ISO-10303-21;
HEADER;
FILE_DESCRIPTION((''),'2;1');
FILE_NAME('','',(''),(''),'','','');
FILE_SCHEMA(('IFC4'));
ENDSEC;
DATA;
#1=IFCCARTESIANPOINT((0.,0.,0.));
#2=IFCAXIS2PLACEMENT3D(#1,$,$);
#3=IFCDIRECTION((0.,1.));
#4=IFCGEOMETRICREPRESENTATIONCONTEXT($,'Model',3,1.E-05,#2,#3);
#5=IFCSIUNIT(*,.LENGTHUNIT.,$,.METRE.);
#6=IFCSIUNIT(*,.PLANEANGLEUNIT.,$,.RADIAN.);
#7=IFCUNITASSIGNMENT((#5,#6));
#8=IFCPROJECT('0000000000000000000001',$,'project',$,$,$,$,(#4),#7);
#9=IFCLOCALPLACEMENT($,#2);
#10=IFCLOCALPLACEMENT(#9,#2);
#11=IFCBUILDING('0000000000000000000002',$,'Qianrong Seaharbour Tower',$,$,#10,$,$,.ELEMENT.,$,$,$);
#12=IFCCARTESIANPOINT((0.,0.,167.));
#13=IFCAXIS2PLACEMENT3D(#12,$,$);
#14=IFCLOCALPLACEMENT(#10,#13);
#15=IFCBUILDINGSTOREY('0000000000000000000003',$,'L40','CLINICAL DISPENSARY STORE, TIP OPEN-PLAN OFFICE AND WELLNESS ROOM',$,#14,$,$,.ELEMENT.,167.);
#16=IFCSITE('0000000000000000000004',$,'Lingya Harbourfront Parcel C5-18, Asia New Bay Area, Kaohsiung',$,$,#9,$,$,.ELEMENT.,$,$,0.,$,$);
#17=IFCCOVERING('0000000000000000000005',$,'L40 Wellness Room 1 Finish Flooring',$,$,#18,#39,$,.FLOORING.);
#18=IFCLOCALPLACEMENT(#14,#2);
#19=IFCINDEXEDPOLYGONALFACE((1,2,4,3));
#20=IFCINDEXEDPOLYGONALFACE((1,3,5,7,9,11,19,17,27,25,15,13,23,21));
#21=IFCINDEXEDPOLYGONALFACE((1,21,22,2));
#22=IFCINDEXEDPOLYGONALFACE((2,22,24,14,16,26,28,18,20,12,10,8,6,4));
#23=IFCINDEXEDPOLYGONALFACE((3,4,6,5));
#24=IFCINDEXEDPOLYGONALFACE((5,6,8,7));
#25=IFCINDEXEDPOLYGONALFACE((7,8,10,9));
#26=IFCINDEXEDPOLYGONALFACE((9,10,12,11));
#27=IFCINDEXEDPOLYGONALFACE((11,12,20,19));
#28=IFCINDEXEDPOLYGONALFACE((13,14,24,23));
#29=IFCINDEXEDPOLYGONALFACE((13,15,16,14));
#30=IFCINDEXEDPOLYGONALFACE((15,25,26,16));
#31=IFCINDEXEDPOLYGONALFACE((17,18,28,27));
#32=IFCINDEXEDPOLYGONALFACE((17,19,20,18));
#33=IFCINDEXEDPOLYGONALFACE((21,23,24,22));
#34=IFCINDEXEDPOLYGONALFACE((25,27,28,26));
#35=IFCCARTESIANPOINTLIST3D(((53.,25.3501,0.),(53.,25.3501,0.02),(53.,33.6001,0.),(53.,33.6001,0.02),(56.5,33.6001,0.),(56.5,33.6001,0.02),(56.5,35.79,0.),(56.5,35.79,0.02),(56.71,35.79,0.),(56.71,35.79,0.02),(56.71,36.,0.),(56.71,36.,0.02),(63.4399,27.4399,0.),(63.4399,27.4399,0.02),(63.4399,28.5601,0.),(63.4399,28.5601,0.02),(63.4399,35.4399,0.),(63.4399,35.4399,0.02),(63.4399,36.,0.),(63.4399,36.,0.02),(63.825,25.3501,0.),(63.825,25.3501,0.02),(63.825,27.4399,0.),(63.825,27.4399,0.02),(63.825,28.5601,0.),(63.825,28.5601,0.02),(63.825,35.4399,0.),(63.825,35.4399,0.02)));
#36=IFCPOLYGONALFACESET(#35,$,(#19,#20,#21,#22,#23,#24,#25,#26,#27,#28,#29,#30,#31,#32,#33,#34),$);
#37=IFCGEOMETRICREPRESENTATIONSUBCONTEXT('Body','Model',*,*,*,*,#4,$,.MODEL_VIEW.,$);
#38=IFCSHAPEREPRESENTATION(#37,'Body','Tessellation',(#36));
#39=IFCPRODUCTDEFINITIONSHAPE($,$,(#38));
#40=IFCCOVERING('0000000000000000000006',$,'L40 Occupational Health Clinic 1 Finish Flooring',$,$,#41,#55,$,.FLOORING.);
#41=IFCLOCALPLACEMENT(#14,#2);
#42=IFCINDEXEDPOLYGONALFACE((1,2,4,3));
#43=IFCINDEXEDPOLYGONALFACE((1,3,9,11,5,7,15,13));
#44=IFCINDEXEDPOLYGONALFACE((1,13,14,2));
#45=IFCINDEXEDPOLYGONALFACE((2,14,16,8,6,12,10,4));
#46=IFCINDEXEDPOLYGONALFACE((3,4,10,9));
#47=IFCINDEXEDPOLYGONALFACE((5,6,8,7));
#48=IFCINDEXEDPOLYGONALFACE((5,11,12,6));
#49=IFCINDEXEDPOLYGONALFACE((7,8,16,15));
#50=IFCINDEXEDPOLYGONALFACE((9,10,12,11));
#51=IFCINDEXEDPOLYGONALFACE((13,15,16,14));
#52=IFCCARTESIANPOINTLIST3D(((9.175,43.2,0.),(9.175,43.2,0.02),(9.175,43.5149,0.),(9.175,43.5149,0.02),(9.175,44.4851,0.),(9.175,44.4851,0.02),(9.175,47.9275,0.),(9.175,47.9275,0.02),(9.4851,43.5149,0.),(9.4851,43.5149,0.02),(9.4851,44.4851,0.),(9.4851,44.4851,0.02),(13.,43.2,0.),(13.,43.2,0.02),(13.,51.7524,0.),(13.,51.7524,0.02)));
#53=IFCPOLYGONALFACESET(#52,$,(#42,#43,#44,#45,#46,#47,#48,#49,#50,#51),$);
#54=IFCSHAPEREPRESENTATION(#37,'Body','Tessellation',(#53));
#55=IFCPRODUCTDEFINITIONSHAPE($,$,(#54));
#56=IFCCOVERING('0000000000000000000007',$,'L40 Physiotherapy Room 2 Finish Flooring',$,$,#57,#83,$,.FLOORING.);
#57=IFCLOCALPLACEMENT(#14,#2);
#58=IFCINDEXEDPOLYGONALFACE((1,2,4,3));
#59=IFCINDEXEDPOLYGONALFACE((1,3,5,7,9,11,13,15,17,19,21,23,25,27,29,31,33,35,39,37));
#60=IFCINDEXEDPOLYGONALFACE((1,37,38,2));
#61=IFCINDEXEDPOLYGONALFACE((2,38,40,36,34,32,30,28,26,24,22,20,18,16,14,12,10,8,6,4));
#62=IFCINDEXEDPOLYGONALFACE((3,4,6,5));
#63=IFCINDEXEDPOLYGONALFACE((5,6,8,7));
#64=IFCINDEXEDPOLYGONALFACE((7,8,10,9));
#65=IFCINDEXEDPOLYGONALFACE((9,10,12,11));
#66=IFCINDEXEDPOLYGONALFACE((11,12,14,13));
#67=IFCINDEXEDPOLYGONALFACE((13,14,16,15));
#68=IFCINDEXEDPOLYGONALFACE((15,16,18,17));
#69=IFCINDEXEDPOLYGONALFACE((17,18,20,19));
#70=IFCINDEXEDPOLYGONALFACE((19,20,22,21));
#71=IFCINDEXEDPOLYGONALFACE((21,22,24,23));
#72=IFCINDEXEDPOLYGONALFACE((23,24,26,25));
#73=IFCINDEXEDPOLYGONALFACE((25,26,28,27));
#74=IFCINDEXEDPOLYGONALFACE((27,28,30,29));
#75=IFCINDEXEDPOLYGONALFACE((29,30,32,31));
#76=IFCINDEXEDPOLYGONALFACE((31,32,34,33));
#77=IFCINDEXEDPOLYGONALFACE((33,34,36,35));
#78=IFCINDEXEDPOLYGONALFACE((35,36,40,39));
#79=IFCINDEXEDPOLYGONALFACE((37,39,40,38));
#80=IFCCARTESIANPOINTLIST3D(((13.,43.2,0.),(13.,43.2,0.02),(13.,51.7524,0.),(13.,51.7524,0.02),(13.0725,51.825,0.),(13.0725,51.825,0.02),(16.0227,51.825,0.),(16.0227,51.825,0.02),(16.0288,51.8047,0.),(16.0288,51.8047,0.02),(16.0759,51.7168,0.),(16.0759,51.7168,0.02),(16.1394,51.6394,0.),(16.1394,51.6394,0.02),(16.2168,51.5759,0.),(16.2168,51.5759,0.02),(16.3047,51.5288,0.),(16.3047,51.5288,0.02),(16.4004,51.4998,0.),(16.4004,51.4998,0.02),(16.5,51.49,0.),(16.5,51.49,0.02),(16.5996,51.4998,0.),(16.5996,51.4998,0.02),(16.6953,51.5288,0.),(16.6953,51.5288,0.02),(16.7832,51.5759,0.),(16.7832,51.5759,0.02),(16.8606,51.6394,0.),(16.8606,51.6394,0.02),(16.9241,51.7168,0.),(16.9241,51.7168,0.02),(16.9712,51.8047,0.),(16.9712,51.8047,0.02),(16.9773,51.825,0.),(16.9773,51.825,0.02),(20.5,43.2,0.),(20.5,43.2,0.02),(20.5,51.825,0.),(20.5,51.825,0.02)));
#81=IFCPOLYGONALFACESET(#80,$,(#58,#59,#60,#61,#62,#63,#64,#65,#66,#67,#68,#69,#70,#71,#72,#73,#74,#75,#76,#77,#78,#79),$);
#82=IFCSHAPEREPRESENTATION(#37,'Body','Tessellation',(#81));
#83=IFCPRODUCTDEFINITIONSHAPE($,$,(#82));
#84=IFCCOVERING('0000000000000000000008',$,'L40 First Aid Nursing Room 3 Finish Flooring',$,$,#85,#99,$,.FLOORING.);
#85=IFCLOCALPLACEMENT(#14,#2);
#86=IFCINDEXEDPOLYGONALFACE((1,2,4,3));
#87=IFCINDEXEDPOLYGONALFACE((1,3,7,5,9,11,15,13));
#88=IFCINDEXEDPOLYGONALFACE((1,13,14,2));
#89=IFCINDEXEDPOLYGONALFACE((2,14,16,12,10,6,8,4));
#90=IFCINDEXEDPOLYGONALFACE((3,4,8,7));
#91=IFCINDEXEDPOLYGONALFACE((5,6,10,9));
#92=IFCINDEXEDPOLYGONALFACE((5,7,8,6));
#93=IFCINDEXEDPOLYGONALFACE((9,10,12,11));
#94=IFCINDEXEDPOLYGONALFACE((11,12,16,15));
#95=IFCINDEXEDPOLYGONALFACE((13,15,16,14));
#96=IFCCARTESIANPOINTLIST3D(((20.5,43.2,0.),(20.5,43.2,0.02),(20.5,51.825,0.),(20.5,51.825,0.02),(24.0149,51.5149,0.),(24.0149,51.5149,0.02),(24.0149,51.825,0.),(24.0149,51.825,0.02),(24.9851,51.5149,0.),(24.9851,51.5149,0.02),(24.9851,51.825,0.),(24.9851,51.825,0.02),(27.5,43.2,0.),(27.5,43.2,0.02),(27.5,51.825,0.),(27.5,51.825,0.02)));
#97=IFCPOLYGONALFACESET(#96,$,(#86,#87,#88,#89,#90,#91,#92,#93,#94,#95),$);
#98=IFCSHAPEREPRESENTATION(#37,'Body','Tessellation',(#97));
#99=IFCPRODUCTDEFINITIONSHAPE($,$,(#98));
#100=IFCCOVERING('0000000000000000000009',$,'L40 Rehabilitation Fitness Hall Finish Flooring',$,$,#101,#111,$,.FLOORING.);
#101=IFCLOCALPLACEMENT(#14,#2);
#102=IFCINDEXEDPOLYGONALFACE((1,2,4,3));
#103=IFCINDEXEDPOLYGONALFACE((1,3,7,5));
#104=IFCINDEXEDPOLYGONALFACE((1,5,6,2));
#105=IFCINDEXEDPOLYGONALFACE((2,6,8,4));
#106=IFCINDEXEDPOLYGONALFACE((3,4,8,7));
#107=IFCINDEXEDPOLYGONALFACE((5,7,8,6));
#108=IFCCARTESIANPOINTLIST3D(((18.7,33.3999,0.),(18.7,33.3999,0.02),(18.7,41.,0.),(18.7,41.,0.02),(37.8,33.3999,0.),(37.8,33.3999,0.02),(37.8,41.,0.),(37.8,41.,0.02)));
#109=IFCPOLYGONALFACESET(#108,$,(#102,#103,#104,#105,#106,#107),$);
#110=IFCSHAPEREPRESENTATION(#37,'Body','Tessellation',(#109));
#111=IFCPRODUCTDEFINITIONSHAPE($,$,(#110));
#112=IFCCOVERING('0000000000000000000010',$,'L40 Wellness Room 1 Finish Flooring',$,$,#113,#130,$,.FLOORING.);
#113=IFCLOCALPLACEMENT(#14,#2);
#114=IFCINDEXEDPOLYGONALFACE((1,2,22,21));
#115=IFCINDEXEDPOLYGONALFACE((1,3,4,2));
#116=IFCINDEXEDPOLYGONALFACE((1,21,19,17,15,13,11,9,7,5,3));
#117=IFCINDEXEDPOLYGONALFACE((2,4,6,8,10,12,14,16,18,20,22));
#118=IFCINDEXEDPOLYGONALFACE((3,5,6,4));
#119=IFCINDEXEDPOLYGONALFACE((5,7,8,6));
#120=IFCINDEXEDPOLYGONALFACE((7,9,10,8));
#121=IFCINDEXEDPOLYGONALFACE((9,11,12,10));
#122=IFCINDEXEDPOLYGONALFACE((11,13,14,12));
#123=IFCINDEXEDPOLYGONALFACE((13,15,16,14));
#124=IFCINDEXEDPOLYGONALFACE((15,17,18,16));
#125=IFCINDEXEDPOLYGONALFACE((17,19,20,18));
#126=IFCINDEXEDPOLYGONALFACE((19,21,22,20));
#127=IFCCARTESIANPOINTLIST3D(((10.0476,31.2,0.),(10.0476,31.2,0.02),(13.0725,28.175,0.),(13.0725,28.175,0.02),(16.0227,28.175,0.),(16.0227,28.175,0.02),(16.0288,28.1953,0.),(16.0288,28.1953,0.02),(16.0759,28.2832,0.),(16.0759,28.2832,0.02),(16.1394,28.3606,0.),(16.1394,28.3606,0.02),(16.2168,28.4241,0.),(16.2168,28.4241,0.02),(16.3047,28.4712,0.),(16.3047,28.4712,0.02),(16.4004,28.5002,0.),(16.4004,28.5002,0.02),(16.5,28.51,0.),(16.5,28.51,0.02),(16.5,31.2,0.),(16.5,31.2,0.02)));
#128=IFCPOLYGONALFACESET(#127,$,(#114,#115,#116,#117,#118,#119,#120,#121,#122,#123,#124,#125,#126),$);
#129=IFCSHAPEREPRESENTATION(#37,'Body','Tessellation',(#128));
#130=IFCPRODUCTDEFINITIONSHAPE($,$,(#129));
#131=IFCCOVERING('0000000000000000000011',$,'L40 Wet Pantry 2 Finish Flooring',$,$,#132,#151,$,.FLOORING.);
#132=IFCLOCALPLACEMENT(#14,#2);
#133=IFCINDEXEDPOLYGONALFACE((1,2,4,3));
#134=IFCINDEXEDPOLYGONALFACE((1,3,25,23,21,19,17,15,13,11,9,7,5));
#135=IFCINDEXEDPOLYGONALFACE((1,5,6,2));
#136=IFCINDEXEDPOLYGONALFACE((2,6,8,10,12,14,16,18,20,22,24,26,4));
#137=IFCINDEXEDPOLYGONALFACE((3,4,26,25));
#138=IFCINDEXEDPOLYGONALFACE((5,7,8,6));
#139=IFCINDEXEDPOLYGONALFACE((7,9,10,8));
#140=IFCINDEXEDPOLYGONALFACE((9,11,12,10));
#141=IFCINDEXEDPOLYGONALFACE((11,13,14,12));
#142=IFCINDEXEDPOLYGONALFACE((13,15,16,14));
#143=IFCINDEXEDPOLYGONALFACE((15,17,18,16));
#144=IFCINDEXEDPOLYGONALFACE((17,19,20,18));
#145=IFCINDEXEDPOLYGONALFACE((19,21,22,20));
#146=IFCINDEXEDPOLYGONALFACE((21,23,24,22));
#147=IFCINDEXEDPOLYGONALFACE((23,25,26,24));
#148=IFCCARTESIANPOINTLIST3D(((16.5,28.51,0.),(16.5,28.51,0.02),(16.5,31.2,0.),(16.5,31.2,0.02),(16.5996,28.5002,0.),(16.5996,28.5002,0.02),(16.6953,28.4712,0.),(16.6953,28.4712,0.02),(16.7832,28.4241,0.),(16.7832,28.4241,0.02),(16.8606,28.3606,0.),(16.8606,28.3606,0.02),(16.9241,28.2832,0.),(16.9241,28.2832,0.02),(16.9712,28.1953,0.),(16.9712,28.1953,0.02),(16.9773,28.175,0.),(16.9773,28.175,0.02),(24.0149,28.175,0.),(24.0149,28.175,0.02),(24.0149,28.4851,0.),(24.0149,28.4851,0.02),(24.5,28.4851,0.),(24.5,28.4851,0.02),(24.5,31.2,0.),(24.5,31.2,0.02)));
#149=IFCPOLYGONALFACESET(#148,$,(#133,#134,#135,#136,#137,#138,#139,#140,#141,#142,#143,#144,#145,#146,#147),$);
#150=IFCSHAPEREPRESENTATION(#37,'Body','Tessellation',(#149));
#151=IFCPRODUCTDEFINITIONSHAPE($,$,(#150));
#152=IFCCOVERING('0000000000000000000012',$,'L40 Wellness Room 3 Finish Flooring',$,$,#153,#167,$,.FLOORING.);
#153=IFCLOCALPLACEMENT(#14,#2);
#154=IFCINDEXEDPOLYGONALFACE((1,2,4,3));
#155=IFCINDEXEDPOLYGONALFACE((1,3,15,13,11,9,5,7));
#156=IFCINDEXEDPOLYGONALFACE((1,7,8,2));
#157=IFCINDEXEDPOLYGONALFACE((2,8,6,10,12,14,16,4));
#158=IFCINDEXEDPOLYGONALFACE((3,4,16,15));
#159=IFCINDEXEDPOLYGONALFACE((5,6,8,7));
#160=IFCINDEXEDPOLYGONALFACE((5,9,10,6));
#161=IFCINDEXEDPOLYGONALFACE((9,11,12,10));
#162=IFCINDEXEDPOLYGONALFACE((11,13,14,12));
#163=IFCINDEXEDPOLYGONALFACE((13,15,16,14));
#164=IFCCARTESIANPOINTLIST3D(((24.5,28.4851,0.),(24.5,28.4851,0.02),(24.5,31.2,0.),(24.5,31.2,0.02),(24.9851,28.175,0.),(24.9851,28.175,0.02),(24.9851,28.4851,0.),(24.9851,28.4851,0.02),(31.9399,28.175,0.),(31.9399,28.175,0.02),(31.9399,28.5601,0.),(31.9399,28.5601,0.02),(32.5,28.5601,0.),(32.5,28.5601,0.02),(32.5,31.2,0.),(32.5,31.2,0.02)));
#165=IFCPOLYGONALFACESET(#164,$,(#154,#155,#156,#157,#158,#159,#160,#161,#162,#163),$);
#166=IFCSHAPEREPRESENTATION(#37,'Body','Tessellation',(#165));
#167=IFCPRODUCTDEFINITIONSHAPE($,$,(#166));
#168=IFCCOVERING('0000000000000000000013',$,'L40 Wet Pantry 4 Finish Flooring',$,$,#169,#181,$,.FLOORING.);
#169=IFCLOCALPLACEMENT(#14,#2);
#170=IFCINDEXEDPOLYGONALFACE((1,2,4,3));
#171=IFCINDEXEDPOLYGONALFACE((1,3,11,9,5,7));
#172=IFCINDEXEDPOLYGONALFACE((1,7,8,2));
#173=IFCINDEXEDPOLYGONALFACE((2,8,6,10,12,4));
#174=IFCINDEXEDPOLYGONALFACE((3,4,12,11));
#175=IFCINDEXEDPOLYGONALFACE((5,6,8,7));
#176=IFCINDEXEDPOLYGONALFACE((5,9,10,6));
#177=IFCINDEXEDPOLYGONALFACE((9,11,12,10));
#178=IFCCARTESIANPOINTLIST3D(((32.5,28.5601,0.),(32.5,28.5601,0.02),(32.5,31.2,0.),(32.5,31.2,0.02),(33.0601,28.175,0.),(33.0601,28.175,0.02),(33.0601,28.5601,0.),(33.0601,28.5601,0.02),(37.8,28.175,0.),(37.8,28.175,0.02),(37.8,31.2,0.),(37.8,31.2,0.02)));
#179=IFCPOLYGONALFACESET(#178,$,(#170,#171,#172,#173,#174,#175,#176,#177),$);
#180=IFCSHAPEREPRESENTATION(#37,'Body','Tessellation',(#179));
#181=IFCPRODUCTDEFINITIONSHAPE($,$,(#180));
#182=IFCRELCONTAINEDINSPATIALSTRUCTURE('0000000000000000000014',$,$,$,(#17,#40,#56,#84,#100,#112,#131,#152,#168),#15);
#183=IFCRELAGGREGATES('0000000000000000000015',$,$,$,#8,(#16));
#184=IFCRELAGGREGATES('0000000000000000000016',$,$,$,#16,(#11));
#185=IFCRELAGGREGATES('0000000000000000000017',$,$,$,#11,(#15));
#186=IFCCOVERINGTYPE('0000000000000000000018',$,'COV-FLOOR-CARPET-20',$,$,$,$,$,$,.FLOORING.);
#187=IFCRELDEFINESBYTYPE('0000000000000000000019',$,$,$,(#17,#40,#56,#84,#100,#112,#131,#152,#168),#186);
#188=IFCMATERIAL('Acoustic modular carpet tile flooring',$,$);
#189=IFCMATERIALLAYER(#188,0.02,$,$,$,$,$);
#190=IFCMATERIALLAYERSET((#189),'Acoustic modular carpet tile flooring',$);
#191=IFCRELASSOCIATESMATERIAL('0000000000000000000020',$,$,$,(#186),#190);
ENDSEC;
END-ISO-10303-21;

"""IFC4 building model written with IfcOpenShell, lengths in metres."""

from ifc_helpers import new_model, si_unit, direction, frame, origin, place, context, subcontext, project, spatial, polyline, outline, extrude, material, layer, layer_set, type_object, element, save


model = new_model("IFC4")

# Units and contexts
model_context = context("Model", 3, precision=1e-05, world=origin(), true_north=direction((0.0, 1.0)))
body_context = subcontext(model_context, "Body", "Model", "MODEL_VIEW")
ifc_project = project(units=[si_unit("LENGTHUNIT", "METRE"), si_unit("PLANEANGLEUNIT", "RADIAN")], contexts=[model_context])

# Site, building, storey
site_placement = place(None, origin())
site = spatial("IfcSite", under=ifc_project, at=site_placement, Name="Lingya Harbourfront Parcel C5-18, Asia New Bay Area, Kaohsiung", CompositionType="ELEMENT", RefElevation=0.0)
building_placement = place(site_placement, origin())
building = spatial("IfcBuilding", under=site, at=building_placement, Name="Qianrong Seaharbour Tower", CompositionType="ELEMENT")
storey_placement = place(building_placement, frame((0.0, 0.0, 167.0)))
storey = spatial("IfcBuildingStorey", under=building, at=storey_placement, Name="L40", Description="CLINICAL DISPENSARY STORE, TIP OPEN-PLAN OFFICE AND WELLNESS ROOM", CompositionType="ELEMENT", Elevation=167.0)

# Coverings
ifc_material_1 = material(Name="Acoustic modular carpet tile flooring")
ifc_layer_1 = layer(ifc_material_1, 0.02)
ifc_layer_set_1 = layer_set([ifc_layer_1], Name="Acoustic modular carpet tile flooring")
covering_type_1 = type_object("IfcCoveringType", Name="COV-FLOOR-CARPET-20", PredefinedType="FLOORING", material=ifc_layer_set_1)
covering_1_placement = place(storey_placement, origin())
element("IfcCovering", 1, at=covering_1_placement, inside=storey, type_object=covering_type_1, Name="L40 Wellness Room 1 Finish Flooring", PredefinedType="FLOORING", context=body_context, shape_type="SweptSolid", body=[
    extrude(outline(polyline([(56.5, 33.6001), (56.5, 35.79), (56.71, 35.79), (56.71, 36.0), (63.4399, 36.0), (63.4399, 35.4399), (63.825, 35.4399), (63.825, 28.5601), (63.4399, 28.5601), (63.4399, 27.4399), (63.825, 27.4399), (63.825, 25.3501), (53.0, 25.3501), (53.0, 33.6001), (56.5, 33.6001)])), origin(), (0.0, 0.0, 1.0), 0.02),
])
covering_2_placement = place(storey_placement, origin())
element("IfcCovering", 2, at=covering_2_placement, inside=storey, type_object=covering_type_1, Name="L40 Occupational Health Clinic 1 Finish Flooring", PredefinedType="FLOORING", context=body_context, shape_type="SweptSolid", body=[
    extrude(outline(polyline([(9.175, 43.5149), (9.4851, 43.5149), (9.4851, 44.4851), (9.175, 44.4851), (9.175, 47.9275), (13.0, 51.7524), (13.0, 43.2), (9.175, 43.2), (9.175, 43.5149)])), origin(), (0.0, 0.0, 1.0), 0.02),
])
covering_3_placement = place(storey_placement, origin())
element("IfcCovering", 3, at=covering_3_placement, inside=storey, type_object=covering_type_1, Name="L40 Physiotherapy Room 2 Finish Flooring", PredefinedType="FLOORING", context=body_context, shape_type="SweptSolid", body=[
    extrude(outline(polyline([(13.0, 51.7524), (13.0725, 51.825), (16.0227, 51.825), (16.0288, 51.8047), (16.0759, 51.7168), (16.1394, 51.6394), (16.2168, 51.5759), (16.3047, 51.5288), (16.4004, 51.4998), (16.5, 51.49), (16.5996, 51.4998), (16.6953, 51.5288), (16.7832, 51.5759), (16.8606, 51.6394), (16.9241, 51.7168), (16.9712, 51.8047), (16.9773, 51.825), (20.5, 51.825), (20.5, 43.2), (13.0, 43.2), (13.0, 51.7524)])), origin(), (0.0, 0.0, 1.0), 0.02),
])
covering_4_placement = place(storey_placement, origin())
element("IfcCovering", 4, at=covering_4_placement, inside=storey, type_object=covering_type_1, Name="L40 First Aid Nursing Room 3 Finish Flooring", PredefinedType="FLOORING", context=body_context, shape_type="SweptSolid", body=[
    extrude(outline(polyline([(20.5, 51.825), (24.0149, 51.825), (24.0149, 51.5149), (24.9851, 51.5149), (24.9851, 51.825), (27.5, 51.825), (27.5, 43.2), (20.5, 43.2), (20.5, 51.825)])), origin(), (0.0, 0.0, 1.0), 0.02),
])
covering_5_placement = place(storey_placement, origin())
element("IfcCovering", 5, at=covering_5_placement, inside=storey, type_object=covering_type_1, Name="L40 Rehabilitation Fitness Hall Finish Flooring", PredefinedType="FLOORING", context=body_context, shape_type="SweptSolid", body=[
    extrude(outline(polyline([(37.8, 41.0), (37.8, 33.3999), (18.7, 33.3999), (18.7, 41.0), (37.8, 41.0)])), origin(), (0.0, 0.0, 1.0), 0.02),
])
covering_6_placement = place(storey_placement, origin())
element("IfcCovering", 6, at=covering_6_placement, inside=storey, type_object=covering_type_1, Name="L40 Wellness Room 1 Finish Flooring", PredefinedType="FLOORING", context=body_context, shape_type="SweptSolid", body=[
    extrude(outline(polyline([(13.0725, 28.175), (10.0476, 31.2), (16.5, 31.2), (16.5, 28.51), (16.4004, 28.5002), (16.3047, 28.4712), (16.2168, 28.4241), (16.1394, 28.3606), (16.0759, 28.2832), (16.0288, 28.1953), (16.0227, 28.175), (13.0725, 28.175)])), origin(), (0.0, 0.0, 1.0), 0.02),
])
covering_7_placement = place(storey_placement, origin())
element("IfcCovering", 7, at=covering_7_placement, inside=storey, type_object=covering_type_1, Name="L40 Wet Pantry 2 Finish Flooring", PredefinedType="FLOORING", context=body_context, shape_type="SweptSolid", body=[
    extrude(outline(polyline([(24.5, 28.4851), (24.0149, 28.4851), (24.0149, 28.175), (16.9773, 28.175), (16.9712, 28.1953), (16.9241, 28.2832), (16.8606, 28.3606), (16.7832, 28.4241), (16.6953, 28.4712), (16.5996, 28.5002), (16.5, 28.51), (16.5, 31.2), (24.5, 31.2), (24.5, 28.4851)])), origin(), (0.0, 0.0, 1.0), 0.02),
])
covering_8_placement = place(storey_placement, origin())
element("IfcCovering", 8, at=covering_8_placement, inside=storey, type_object=covering_type_1, Name="L40 Wellness Room 3 Finish Flooring", PredefinedType="FLOORING", context=body_context, shape_type="SweptSolid", body=[
    extrude(outline(polyline([(32.5, 28.5601), (31.9399, 28.5601), (31.9399, 28.175), (24.9851, 28.175), (24.9851, 28.4851), (24.5, 28.4851), (24.5, 31.2), (32.5, 31.2), (32.5, 28.5601)])), origin(), (0.0, 0.0, 1.0), 0.02),
])
covering_9_placement = place(storey_placement, origin())
element("IfcCovering", 9, at=covering_9_placement, inside=storey, type_object=covering_type_1, Name="L40 Wet Pantry 4 Finish Flooring", PredefinedType="FLOORING", context=body_context, shape_type="SweptSolid", body=[
    extrude(outline(polyline([(37.8, 28.175), (33.0601, 28.175), (33.0601, 28.5601), (32.5, 28.5601), (32.5, 31.2), (37.8, 31.2), (37.8, 28.175)])), origin(), (0.0, 0.0, 1.0), 0.02),
])

save(model, "model.ifc")
